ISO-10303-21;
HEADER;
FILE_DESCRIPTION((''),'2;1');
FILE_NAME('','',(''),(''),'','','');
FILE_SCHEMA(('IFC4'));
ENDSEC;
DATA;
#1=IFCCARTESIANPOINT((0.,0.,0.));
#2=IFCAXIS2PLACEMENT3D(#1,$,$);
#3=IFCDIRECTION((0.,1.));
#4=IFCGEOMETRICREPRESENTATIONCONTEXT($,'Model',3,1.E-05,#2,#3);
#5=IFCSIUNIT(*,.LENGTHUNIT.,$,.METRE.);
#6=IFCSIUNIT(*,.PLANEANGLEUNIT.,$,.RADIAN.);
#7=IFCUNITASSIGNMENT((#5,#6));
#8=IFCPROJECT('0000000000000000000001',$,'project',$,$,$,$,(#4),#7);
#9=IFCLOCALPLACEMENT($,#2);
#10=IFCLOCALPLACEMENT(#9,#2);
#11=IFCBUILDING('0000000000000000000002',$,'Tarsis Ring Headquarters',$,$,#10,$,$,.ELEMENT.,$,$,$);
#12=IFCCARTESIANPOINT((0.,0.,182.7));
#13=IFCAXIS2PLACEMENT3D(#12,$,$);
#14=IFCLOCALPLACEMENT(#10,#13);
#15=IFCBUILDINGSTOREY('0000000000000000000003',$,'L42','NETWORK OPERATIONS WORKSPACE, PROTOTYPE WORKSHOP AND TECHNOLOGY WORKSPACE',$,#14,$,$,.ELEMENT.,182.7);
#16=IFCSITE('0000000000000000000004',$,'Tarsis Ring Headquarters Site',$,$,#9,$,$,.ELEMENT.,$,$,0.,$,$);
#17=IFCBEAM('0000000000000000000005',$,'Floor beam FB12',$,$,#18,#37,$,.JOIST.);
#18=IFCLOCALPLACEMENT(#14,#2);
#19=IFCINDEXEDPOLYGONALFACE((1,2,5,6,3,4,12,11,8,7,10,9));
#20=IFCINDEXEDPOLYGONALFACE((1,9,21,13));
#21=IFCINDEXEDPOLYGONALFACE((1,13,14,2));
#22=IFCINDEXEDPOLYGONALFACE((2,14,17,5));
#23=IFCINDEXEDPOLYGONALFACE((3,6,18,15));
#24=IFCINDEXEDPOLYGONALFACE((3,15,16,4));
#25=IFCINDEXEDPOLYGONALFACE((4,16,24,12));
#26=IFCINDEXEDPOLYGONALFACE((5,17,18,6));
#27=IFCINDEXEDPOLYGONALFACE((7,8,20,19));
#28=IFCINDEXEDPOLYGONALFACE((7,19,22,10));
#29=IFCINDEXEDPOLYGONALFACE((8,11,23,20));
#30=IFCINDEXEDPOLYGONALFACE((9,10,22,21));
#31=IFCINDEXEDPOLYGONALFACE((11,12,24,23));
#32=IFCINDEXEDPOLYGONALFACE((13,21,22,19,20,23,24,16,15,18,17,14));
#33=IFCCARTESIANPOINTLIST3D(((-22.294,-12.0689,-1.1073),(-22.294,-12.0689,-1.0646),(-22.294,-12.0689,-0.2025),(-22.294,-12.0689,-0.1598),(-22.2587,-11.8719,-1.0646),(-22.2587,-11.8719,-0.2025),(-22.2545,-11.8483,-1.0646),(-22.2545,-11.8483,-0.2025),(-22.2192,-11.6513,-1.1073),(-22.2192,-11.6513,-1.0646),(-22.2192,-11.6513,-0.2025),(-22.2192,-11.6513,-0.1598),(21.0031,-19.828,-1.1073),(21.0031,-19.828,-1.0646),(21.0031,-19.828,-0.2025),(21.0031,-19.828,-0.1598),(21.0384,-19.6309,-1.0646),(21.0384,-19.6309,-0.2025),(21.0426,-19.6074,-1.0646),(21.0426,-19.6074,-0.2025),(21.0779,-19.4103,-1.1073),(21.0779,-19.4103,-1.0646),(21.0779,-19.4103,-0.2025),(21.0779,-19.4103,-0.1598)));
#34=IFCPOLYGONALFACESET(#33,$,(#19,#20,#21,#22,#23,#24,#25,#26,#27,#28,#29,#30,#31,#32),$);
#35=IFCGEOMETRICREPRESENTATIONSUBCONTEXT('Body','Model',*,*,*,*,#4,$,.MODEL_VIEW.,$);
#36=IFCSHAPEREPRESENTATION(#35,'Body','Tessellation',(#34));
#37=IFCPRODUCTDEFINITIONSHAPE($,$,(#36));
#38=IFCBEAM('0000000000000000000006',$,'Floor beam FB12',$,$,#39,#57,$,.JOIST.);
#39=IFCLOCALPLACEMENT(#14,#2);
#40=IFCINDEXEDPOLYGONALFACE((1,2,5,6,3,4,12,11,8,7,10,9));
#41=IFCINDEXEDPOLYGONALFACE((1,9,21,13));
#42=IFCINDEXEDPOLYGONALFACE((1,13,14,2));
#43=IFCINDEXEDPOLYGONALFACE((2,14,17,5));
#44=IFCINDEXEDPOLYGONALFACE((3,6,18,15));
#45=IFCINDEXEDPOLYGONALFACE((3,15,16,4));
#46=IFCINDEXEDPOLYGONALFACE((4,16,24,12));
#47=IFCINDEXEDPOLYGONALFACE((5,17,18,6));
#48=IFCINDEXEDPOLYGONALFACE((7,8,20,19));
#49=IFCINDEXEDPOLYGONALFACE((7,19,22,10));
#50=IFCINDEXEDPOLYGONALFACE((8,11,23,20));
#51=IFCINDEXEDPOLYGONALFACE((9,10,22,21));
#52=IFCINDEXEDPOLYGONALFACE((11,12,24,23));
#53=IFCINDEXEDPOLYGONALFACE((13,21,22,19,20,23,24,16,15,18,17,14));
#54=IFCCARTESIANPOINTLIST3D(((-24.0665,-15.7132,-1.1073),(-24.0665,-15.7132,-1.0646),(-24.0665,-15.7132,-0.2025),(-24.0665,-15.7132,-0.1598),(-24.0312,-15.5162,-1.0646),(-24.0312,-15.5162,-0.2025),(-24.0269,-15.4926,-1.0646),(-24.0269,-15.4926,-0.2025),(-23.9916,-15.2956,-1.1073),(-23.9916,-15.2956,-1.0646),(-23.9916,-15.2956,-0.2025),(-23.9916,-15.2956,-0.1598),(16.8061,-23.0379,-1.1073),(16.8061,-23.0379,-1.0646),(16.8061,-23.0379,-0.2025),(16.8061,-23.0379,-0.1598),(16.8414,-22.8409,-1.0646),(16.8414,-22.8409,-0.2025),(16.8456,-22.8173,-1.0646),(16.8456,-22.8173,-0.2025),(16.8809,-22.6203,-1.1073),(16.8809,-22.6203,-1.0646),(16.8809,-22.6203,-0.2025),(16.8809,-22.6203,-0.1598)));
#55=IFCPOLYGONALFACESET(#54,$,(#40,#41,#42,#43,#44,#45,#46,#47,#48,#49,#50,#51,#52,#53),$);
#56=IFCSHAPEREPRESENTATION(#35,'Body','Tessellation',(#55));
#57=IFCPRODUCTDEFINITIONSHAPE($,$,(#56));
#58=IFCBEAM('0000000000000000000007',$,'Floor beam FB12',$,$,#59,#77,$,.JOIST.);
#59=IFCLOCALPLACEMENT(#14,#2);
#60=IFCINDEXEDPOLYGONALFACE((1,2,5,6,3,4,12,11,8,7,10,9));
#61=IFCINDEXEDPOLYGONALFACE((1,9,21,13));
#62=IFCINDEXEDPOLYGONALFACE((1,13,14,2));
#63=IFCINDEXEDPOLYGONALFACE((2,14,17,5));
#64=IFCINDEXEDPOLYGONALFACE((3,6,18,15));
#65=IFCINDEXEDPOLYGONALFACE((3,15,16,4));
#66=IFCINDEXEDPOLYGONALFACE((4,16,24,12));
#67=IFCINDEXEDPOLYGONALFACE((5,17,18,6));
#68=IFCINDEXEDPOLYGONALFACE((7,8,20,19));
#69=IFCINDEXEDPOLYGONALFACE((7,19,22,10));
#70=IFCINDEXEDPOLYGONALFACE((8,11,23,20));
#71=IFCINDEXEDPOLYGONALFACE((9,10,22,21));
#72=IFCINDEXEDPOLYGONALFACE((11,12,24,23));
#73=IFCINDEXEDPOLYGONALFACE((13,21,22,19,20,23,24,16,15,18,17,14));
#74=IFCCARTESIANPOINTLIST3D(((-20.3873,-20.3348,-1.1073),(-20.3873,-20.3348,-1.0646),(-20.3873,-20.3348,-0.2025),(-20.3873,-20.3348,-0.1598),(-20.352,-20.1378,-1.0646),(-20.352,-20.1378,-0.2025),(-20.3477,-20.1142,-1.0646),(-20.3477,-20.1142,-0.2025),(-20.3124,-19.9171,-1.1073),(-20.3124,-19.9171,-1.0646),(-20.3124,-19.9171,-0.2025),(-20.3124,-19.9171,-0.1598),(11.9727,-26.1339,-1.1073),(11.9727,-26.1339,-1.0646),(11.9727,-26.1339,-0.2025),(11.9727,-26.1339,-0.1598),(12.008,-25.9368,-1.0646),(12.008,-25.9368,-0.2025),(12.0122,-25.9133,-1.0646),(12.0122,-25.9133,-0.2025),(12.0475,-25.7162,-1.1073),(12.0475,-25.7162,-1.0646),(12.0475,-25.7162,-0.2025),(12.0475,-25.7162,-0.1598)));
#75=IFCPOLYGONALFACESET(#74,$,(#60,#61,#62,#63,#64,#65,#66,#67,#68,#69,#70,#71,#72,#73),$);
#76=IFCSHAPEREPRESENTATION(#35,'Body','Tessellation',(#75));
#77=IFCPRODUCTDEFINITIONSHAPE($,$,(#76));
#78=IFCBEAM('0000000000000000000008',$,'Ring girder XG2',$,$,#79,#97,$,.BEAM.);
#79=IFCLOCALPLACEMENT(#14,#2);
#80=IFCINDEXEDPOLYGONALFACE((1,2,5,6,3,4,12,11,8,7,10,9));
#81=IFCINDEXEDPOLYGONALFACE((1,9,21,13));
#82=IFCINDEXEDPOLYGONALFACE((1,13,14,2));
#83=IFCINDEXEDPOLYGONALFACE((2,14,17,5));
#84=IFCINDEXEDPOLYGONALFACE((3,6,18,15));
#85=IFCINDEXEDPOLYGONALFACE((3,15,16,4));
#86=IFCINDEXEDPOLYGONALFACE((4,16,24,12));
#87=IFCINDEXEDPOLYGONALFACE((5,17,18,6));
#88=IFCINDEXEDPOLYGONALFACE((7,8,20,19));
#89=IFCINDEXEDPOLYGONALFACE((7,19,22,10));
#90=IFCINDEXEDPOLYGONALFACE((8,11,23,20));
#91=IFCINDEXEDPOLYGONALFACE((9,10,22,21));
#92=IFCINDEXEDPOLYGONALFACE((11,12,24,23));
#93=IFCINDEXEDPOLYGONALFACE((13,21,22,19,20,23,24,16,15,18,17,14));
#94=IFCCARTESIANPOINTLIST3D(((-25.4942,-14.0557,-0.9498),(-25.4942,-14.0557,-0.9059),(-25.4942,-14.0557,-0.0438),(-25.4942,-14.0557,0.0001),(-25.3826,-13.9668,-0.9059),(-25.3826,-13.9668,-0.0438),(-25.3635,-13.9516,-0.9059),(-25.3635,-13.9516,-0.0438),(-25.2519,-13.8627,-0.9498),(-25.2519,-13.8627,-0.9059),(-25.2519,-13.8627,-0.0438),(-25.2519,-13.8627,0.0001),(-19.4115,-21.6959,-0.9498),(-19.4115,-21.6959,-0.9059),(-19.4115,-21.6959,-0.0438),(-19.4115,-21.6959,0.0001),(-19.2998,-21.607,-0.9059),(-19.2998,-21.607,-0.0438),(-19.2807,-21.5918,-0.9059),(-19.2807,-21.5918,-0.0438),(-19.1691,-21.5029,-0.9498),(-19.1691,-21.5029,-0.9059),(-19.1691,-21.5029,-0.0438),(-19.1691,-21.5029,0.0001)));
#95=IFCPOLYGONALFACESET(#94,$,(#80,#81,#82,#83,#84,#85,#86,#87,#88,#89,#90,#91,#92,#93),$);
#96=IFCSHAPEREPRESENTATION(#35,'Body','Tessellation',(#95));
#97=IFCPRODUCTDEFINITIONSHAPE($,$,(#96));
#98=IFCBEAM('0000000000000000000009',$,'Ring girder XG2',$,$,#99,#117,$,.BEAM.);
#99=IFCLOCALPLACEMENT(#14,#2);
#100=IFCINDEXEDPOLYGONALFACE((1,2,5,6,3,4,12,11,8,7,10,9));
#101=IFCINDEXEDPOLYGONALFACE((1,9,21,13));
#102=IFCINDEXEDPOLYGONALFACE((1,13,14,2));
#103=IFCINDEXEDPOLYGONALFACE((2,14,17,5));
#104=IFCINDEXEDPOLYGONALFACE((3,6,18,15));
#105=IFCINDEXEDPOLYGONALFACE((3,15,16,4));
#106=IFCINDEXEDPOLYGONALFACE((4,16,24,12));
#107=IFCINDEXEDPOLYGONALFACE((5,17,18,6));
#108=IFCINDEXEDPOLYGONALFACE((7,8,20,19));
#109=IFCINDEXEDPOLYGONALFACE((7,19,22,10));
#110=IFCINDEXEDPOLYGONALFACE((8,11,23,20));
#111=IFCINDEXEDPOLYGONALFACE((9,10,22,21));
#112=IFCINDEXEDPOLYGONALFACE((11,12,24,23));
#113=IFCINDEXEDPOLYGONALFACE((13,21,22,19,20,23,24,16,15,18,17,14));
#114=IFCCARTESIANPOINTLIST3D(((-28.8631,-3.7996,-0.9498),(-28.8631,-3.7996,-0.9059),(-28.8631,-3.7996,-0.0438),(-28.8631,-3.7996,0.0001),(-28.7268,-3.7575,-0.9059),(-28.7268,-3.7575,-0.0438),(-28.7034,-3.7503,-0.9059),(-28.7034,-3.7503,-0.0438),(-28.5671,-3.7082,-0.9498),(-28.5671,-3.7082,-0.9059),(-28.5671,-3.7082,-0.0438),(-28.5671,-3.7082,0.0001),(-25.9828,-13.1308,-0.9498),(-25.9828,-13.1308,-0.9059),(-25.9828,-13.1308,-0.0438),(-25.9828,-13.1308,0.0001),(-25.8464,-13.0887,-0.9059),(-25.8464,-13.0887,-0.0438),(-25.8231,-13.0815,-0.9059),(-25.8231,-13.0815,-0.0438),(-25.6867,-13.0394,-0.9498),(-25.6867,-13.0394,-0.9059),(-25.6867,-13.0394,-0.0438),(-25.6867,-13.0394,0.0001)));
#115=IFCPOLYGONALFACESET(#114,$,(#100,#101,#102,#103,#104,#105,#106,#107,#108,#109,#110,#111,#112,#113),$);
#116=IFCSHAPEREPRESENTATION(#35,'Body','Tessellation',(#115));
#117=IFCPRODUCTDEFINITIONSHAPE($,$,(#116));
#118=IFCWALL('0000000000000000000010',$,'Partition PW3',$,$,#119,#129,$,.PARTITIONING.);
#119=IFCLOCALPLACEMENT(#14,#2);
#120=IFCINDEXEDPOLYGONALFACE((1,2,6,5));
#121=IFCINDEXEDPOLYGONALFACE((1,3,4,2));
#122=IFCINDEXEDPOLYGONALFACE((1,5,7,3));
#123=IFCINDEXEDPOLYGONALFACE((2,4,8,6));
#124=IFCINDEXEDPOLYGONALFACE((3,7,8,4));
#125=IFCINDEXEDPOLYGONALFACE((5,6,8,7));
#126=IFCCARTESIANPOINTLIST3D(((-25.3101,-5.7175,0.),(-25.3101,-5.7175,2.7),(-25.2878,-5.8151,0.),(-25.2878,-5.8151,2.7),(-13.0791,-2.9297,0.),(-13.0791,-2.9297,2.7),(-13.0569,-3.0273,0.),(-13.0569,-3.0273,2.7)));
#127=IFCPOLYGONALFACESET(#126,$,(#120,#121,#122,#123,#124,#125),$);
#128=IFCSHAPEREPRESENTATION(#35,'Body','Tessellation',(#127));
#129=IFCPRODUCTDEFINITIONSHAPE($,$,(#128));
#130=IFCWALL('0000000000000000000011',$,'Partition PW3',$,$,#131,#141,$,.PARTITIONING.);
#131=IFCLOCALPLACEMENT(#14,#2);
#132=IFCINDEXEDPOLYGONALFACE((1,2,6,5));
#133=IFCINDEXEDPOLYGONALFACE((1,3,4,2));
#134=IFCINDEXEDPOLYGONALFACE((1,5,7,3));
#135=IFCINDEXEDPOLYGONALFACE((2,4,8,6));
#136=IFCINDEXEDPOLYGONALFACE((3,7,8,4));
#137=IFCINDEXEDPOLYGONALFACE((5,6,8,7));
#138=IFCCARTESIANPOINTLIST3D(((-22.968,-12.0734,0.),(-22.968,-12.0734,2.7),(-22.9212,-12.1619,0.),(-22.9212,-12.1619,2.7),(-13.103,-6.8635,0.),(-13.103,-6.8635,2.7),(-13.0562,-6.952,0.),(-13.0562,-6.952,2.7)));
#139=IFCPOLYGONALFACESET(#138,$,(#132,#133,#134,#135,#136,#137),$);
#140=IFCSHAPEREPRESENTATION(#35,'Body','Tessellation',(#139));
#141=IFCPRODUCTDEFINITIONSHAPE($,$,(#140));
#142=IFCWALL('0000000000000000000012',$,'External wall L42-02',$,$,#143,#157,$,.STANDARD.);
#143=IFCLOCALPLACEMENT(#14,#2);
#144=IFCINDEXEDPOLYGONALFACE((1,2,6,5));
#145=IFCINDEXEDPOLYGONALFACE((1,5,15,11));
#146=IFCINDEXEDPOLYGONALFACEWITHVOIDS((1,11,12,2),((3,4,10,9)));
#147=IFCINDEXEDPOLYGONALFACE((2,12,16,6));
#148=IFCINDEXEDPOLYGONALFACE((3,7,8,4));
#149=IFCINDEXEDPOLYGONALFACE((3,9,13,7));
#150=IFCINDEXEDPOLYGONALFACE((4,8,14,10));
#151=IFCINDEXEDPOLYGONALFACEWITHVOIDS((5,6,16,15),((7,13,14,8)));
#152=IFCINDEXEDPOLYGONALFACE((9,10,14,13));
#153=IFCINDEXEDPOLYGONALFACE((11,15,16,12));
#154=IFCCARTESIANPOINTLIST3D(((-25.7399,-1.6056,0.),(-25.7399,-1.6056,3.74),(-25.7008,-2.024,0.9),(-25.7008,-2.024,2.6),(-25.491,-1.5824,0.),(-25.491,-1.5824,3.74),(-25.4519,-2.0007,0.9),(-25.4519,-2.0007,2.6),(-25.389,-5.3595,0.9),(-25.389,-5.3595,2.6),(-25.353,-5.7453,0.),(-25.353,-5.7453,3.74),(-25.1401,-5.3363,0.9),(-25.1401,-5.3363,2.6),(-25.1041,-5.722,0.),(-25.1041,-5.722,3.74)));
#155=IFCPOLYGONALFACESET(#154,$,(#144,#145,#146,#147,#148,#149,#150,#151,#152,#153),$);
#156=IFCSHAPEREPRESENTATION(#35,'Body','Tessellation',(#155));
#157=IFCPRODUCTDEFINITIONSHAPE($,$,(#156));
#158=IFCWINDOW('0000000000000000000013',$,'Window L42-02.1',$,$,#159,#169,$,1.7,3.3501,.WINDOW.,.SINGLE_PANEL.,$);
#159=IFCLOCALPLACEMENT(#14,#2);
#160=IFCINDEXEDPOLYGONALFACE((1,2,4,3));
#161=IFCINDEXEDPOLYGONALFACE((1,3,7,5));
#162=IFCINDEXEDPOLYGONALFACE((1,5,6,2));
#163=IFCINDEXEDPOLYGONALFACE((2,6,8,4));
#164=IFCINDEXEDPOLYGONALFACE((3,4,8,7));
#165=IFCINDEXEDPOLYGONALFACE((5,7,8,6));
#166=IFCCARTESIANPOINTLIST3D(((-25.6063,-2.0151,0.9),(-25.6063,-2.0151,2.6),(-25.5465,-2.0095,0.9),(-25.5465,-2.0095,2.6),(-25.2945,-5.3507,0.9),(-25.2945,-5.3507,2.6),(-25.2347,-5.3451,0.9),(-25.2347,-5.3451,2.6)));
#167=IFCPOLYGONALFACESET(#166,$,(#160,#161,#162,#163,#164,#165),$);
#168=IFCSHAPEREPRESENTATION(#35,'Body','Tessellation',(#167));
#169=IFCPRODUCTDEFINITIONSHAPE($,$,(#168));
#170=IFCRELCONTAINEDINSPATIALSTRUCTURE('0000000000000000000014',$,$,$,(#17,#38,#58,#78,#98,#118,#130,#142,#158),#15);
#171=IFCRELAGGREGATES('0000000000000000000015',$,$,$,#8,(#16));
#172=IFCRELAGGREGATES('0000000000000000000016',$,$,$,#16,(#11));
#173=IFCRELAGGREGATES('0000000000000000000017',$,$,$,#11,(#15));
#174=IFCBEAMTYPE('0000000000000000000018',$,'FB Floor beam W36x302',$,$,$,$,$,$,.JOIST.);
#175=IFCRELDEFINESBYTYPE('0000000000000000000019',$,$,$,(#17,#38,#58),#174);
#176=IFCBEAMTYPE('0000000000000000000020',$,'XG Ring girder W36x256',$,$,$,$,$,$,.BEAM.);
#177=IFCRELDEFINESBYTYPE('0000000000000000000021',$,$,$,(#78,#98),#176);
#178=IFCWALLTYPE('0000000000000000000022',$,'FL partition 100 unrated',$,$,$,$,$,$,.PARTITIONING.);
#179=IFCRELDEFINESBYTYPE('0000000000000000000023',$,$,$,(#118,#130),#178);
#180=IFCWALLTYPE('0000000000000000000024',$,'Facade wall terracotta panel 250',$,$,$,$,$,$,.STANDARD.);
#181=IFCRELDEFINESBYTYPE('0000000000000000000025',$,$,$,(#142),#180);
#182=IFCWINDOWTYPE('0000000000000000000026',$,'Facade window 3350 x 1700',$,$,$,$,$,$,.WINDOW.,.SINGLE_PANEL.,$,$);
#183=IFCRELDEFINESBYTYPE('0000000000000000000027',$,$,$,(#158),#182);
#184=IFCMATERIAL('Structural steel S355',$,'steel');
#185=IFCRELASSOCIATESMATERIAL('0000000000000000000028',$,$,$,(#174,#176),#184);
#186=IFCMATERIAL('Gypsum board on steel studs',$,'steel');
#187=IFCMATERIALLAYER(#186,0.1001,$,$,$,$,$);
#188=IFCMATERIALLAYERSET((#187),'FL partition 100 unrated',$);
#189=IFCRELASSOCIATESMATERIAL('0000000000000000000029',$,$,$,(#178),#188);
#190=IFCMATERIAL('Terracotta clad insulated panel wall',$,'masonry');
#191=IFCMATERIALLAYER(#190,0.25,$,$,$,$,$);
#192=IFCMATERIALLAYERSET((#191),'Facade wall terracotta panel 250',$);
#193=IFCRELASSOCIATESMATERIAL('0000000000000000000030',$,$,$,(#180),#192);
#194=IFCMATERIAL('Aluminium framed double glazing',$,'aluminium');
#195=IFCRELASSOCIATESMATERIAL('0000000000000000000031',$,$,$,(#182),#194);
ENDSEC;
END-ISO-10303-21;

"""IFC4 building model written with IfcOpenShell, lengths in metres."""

from ifc_helpers import new_model, si_unit, direction, frame, frame_2d, origin, origin_2d, place, context, subcontext, project, spatial, rectangle, i_section, extrude, material, layer, layer_set, material_profile, profile_set, type_object, element, fill, save


model = new_model("IFC4")

# Units and contexts
model_context = context("Model", 3, precision=1e-05, world=origin(), true_north=direction((0.0, 1.0)))
body_context = subcontext(model_context, "Body", "Model", "MODEL_VIEW")
ifc_project = project(units=[si_unit("LENGTHUNIT", "METRE"), si_unit("PLANEANGLEUNIT", "RADIAN")], contexts=[model_context])

# Site, building, storey
site_placement = place(None, origin())
site = spatial("IfcSite", under=ifc_project, at=site_placement, Name="Tarsis Ring Headquarters Site", CompositionType="ELEMENT", RefElevation=0.0)
building_placement = place(site_placement, origin())
building = spatial("IfcBuilding", under=site, at=building_placement, Name="Tarsis Ring Headquarters", CompositionType="ELEMENT")
storey_placement = place(building_placement, frame((0.0, 0.0, 182.7)))
storey = spatial("IfcBuildingStorey", under=building, at=storey_placement, Name="L42", Description="NETWORK OPERATIONS WORKSPACE, PROTOTYPE WORKSHOP AND TECHNOLOGY WORKSPACE", CompositionType="ELEMENT", Elevation=182.7)

# Shared definitions
ifc_material_1 = material(Name="Structural steel S355", Category="steel")

# Beams
ifc_material_profile_1 = material_profile(ifc_material_1, i_section(OverallWidth=0.3098, OverallDepth=0.95, WebThickness=0.0244, FlangeThickness=0.0439, at=origin_2d()), Name="W36x256")
ifc_profile_set_1 = profile_set([ifc_material_profile_1], Name="Structural steel S355")
ifc_material_profile_2 = material_profile(ifc_material_1, i_section(OverallWidth=0.4243, OverallDepth=0.9475, WebThickness=0.0239, FlangeThickness=0.0427, at=origin_2d()), Name="W36x302")
ifc_profile_set_2 = profile_set([ifc_material_profile_2], Name="Structural steel S355")
beam_type_1 = type_object("IfcBeamType", Name="FB Floor beam W36x302", PredefinedType="JOIST", material=ifc_profile_set_2)
beam_1_placement = place(storey_placement, frame((-22.2566, -11.8601, -0.6335), z_axis=(0.98432, -0.176394, 0.0), x_axis=(0.176394, 0.98432, 0.0)))
element("IfcBeam", 1, at=beam_1_placement, inside=storey, type_object=beam_type_1, Name="Floor beam FB12", PredefinedType="JOIST", context=body_context, shape_type="SweptSolid", body=[
    extrude(i_section(OverallWidth=0.4243, OverallDepth=0.9475, WebThickness=0.0239, FlangeThickness=0.0427, at=origin_2d()), origin(), (0.0, 0.0, 1.0), 43.9868),
])
beam_2_placement = place(storey_placement, frame((-24.0291, -15.5044, -0.6335), z_axis=(0.984319, -0.176398, 0.0), x_axis=(0.176398, 0.984319, 0.0)))
element("IfcBeam", 2, at=beam_2_placement, inside=storey, type_object=beam_type_1, Name="Floor beam FB12", PredefinedType="JOIST", context=body_context, shape_type="SweptSolid", body=[
    extrude(i_section(OverallWidth=0.4243, OverallDepth=0.9475, WebThickness=0.0239, FlangeThickness=0.0427, at=origin_2d()), origin(), (0.0, 0.0, 1.0), 41.5237),
])
beam_3_placement = place(storey_placement, frame((-20.3499, -20.126, -0.6335), z_axis=(0.984319, -0.176396, 0.0), x_axis=(0.176396, 0.984319, 0.0)))
element("IfcBeam", 3, at=beam_3_placement, inside=storey, type_object=beam_type_1, Name="Floor beam FB12", PredefinedType="JOIST", context=body_context, shape_type="SweptSolid", body=[
    extrude(i_section(OverallWidth=0.4243, OverallDepth=0.9475, WebThickness=0.0239, FlangeThickness=0.0427, at=origin_2d()), origin(), (0.0, 0.0, 1.0), 32.8755),
])
beam_type_2 = type_object("IfcBeamType", Name="XG Ring girder W36x256", PredefinedType="BEAM", material=ifc_profile_set_1)
beam_4_placement = place(storey_placement, frame((-25.373, -13.9592, -0.4749), z_axis=(0.622861, -0.782332, 0.0), x_axis=(0.782332, 0.622861, 0.0)))
element("IfcBeam", 4, at=beam_4_placement, inside=storey, type_object=beam_type_2, Name="Ring girder XG2", PredefinedType="BEAM", context=body_context, shape_type="SweptSolid", body=[
    extrude(i_section(OverallWidth=0.3098, OverallDepth=0.95, WebThickness=0.0244, FlangeThickness=0.0439, at=origin_2d()), origin(), (0.0, 0.0, 1.0), 9.7659),
])
beam_5_placement = place(storey_placement, frame((-28.7151, -3.7539, -0.4749), z_axis=(0.294947, -0.955514, 0.0), x_axis=(0.955514, 0.294947, 0.0)))
element("IfcBeam", 5, at=beam_5_placement, inside=storey, type_object=beam_type_2, Name="Ring girder XG2", PredefinedType="BEAM", context=body_context, shape_type="SweptSolid", body=[
    extrude(i_section(OverallWidth=0.3098, OverallDepth=0.95, WebThickness=0.0244, FlangeThickness=0.0439, at=origin_2d()), origin(), (0.0, 0.0, 1.0), 9.7656),
])

# Walls
ifc_material_2 = material(Name="Gypsum board on steel studs", Category="steel")
ifc_layer_1 = layer(ifc_material_2, 0.1001)
ifc_layer_set_1 = layer_set([ifc_layer_1], Name="FL partition 100 unrated")
wall_type_1 = type_object("IfcWallType", Name="FL partition 100 unrated", PredefinedType="PARTITIONING", material=ifc_layer_set_1)
wall_1_placement = place(storey_placement, frame((-25.2991, -5.7664, 0.0), z_axis=(0.0, 0.0, 1.0), x_axis=(0.974993, 0.222233, 0.0)))
element("IfcWall", 6, at=wall_1_placement, inside=storey, type_object=wall_type_1, Name="Partition PW3", PredefinedType="PARTITIONING", context=body_context, shape_type="SweptSolid", body=[
    extrude(rectangle(XDim=12.5447, YDim=0.1001, at=frame_2d((6.2725, 0.0))), origin(), (0.0, 0.0, 1.0), 2.7),
])
wall_2_placement = place(storey_placement, frame((-22.9446, -12.1177, 0.0), z_axis=(0.0, 0.0, 1.0), x_axis=(0.884257, 0.467, 0.0)))
element("IfcWall", 7, at=wall_2_placement, inside=storey, type_object=wall_type_1, Name="Partition PW3", PredefinedType="PARTITIONING", context=body_context, shape_type="SweptSolid", body=[
    extrude(rectangle(XDim=11.1562, YDim=0.1001, at=frame_2d((5.5781, 0.0))), origin(), (0.0, 0.0, 1.0), 2.7),
])

# Wall, opening, window
ifc_material_3 = material(Name="Terracotta clad insulated panel wall", Category="masonry")
ifc_layer_2 = layer(ifc_material_3, 0.25)
ifc_layer_set_2 = layer_set([ifc_layer_2], Name="Facade wall terracotta panel 250")
wall_type_2 = type_object("IfcWallType", Name="Facade wall terracotta panel 250", PredefinedType="STANDARD", material=ifc_layer_set_2)
wall_3_placement = place(storey_placement, frame((-25.6155, -1.594, 0.0), z_axis=(0.0, 0.0, 1.0), x_axis=(0.093071, -0.995659, 0.0)))
wall_3 = element("IfcWall", 8, at=wall_3_placement, inside=storey, type_object=wall_type_2, Name="External wall L42-02", PredefinedType="STANDARD", context=body_context, shape_type="SweptSolid", body=[
    extrude(rectangle(XDim=4.1577, YDim=0.25, at=frame_2d((2.0789, 0.0))), origin(), (0.0, 0.0, 1.0), 3.74),
])
opening_1_placement = place(wall_3_placement, frame((0.4202, 0.0, 0.8999)))
opening_1 = element("IfcOpeningElement", 9, at=opening_1_placement, cuts=wall_3, PredefinedType="OPENING", context=body_context, shape_type="SweptSolid", body=[
    extrude(rectangle(XDim=3.3501, YDim=1.7, at=frame_2d((1.675, 0.8501))), frame((0.0, 0.135, 0.0), z_axis=(0.0, -1.0, 0.0), x_axis=(1.0, 0.0, 0.0)), (0.0, 0.0, 1.0), 0.27),
])
ifc_material_4 = material(Name="Aluminium framed double glazing", Category="aluminium")
window_type_1 = type_object("IfcWindowType", Name="Facade window 3350 x 1700", PartitioningType="SINGLE_PANEL", PredefinedType="WINDOW", material=ifc_material_4)
window_1_placement = place(opening_1_placement, origin())
window_1 = element("IfcWindow", 10, at=window_1_placement, inside=storey, type_object=window_type_1, Name="Window L42-02.1", OverallHeight=1.7, OverallWidth=3.3501, PartitioningType="SINGLE_PANEL", PredefinedType="WINDOW", context=body_context, shape_type="SweptSolid", body=[
    extrude(rectangle(XDim=3.3501, YDim=1.7, at=frame_2d((1.675, 0.8501))), frame((0.0, 0.03, 0.0), z_axis=(0.0, -1.0, 0.0), x_axis=(1.0, 0.0, 0.0)), (0.0, 0.0, 1.0), 0.0601),
])
fill(opening_1, window_1)

save(model, "model.ifc")
